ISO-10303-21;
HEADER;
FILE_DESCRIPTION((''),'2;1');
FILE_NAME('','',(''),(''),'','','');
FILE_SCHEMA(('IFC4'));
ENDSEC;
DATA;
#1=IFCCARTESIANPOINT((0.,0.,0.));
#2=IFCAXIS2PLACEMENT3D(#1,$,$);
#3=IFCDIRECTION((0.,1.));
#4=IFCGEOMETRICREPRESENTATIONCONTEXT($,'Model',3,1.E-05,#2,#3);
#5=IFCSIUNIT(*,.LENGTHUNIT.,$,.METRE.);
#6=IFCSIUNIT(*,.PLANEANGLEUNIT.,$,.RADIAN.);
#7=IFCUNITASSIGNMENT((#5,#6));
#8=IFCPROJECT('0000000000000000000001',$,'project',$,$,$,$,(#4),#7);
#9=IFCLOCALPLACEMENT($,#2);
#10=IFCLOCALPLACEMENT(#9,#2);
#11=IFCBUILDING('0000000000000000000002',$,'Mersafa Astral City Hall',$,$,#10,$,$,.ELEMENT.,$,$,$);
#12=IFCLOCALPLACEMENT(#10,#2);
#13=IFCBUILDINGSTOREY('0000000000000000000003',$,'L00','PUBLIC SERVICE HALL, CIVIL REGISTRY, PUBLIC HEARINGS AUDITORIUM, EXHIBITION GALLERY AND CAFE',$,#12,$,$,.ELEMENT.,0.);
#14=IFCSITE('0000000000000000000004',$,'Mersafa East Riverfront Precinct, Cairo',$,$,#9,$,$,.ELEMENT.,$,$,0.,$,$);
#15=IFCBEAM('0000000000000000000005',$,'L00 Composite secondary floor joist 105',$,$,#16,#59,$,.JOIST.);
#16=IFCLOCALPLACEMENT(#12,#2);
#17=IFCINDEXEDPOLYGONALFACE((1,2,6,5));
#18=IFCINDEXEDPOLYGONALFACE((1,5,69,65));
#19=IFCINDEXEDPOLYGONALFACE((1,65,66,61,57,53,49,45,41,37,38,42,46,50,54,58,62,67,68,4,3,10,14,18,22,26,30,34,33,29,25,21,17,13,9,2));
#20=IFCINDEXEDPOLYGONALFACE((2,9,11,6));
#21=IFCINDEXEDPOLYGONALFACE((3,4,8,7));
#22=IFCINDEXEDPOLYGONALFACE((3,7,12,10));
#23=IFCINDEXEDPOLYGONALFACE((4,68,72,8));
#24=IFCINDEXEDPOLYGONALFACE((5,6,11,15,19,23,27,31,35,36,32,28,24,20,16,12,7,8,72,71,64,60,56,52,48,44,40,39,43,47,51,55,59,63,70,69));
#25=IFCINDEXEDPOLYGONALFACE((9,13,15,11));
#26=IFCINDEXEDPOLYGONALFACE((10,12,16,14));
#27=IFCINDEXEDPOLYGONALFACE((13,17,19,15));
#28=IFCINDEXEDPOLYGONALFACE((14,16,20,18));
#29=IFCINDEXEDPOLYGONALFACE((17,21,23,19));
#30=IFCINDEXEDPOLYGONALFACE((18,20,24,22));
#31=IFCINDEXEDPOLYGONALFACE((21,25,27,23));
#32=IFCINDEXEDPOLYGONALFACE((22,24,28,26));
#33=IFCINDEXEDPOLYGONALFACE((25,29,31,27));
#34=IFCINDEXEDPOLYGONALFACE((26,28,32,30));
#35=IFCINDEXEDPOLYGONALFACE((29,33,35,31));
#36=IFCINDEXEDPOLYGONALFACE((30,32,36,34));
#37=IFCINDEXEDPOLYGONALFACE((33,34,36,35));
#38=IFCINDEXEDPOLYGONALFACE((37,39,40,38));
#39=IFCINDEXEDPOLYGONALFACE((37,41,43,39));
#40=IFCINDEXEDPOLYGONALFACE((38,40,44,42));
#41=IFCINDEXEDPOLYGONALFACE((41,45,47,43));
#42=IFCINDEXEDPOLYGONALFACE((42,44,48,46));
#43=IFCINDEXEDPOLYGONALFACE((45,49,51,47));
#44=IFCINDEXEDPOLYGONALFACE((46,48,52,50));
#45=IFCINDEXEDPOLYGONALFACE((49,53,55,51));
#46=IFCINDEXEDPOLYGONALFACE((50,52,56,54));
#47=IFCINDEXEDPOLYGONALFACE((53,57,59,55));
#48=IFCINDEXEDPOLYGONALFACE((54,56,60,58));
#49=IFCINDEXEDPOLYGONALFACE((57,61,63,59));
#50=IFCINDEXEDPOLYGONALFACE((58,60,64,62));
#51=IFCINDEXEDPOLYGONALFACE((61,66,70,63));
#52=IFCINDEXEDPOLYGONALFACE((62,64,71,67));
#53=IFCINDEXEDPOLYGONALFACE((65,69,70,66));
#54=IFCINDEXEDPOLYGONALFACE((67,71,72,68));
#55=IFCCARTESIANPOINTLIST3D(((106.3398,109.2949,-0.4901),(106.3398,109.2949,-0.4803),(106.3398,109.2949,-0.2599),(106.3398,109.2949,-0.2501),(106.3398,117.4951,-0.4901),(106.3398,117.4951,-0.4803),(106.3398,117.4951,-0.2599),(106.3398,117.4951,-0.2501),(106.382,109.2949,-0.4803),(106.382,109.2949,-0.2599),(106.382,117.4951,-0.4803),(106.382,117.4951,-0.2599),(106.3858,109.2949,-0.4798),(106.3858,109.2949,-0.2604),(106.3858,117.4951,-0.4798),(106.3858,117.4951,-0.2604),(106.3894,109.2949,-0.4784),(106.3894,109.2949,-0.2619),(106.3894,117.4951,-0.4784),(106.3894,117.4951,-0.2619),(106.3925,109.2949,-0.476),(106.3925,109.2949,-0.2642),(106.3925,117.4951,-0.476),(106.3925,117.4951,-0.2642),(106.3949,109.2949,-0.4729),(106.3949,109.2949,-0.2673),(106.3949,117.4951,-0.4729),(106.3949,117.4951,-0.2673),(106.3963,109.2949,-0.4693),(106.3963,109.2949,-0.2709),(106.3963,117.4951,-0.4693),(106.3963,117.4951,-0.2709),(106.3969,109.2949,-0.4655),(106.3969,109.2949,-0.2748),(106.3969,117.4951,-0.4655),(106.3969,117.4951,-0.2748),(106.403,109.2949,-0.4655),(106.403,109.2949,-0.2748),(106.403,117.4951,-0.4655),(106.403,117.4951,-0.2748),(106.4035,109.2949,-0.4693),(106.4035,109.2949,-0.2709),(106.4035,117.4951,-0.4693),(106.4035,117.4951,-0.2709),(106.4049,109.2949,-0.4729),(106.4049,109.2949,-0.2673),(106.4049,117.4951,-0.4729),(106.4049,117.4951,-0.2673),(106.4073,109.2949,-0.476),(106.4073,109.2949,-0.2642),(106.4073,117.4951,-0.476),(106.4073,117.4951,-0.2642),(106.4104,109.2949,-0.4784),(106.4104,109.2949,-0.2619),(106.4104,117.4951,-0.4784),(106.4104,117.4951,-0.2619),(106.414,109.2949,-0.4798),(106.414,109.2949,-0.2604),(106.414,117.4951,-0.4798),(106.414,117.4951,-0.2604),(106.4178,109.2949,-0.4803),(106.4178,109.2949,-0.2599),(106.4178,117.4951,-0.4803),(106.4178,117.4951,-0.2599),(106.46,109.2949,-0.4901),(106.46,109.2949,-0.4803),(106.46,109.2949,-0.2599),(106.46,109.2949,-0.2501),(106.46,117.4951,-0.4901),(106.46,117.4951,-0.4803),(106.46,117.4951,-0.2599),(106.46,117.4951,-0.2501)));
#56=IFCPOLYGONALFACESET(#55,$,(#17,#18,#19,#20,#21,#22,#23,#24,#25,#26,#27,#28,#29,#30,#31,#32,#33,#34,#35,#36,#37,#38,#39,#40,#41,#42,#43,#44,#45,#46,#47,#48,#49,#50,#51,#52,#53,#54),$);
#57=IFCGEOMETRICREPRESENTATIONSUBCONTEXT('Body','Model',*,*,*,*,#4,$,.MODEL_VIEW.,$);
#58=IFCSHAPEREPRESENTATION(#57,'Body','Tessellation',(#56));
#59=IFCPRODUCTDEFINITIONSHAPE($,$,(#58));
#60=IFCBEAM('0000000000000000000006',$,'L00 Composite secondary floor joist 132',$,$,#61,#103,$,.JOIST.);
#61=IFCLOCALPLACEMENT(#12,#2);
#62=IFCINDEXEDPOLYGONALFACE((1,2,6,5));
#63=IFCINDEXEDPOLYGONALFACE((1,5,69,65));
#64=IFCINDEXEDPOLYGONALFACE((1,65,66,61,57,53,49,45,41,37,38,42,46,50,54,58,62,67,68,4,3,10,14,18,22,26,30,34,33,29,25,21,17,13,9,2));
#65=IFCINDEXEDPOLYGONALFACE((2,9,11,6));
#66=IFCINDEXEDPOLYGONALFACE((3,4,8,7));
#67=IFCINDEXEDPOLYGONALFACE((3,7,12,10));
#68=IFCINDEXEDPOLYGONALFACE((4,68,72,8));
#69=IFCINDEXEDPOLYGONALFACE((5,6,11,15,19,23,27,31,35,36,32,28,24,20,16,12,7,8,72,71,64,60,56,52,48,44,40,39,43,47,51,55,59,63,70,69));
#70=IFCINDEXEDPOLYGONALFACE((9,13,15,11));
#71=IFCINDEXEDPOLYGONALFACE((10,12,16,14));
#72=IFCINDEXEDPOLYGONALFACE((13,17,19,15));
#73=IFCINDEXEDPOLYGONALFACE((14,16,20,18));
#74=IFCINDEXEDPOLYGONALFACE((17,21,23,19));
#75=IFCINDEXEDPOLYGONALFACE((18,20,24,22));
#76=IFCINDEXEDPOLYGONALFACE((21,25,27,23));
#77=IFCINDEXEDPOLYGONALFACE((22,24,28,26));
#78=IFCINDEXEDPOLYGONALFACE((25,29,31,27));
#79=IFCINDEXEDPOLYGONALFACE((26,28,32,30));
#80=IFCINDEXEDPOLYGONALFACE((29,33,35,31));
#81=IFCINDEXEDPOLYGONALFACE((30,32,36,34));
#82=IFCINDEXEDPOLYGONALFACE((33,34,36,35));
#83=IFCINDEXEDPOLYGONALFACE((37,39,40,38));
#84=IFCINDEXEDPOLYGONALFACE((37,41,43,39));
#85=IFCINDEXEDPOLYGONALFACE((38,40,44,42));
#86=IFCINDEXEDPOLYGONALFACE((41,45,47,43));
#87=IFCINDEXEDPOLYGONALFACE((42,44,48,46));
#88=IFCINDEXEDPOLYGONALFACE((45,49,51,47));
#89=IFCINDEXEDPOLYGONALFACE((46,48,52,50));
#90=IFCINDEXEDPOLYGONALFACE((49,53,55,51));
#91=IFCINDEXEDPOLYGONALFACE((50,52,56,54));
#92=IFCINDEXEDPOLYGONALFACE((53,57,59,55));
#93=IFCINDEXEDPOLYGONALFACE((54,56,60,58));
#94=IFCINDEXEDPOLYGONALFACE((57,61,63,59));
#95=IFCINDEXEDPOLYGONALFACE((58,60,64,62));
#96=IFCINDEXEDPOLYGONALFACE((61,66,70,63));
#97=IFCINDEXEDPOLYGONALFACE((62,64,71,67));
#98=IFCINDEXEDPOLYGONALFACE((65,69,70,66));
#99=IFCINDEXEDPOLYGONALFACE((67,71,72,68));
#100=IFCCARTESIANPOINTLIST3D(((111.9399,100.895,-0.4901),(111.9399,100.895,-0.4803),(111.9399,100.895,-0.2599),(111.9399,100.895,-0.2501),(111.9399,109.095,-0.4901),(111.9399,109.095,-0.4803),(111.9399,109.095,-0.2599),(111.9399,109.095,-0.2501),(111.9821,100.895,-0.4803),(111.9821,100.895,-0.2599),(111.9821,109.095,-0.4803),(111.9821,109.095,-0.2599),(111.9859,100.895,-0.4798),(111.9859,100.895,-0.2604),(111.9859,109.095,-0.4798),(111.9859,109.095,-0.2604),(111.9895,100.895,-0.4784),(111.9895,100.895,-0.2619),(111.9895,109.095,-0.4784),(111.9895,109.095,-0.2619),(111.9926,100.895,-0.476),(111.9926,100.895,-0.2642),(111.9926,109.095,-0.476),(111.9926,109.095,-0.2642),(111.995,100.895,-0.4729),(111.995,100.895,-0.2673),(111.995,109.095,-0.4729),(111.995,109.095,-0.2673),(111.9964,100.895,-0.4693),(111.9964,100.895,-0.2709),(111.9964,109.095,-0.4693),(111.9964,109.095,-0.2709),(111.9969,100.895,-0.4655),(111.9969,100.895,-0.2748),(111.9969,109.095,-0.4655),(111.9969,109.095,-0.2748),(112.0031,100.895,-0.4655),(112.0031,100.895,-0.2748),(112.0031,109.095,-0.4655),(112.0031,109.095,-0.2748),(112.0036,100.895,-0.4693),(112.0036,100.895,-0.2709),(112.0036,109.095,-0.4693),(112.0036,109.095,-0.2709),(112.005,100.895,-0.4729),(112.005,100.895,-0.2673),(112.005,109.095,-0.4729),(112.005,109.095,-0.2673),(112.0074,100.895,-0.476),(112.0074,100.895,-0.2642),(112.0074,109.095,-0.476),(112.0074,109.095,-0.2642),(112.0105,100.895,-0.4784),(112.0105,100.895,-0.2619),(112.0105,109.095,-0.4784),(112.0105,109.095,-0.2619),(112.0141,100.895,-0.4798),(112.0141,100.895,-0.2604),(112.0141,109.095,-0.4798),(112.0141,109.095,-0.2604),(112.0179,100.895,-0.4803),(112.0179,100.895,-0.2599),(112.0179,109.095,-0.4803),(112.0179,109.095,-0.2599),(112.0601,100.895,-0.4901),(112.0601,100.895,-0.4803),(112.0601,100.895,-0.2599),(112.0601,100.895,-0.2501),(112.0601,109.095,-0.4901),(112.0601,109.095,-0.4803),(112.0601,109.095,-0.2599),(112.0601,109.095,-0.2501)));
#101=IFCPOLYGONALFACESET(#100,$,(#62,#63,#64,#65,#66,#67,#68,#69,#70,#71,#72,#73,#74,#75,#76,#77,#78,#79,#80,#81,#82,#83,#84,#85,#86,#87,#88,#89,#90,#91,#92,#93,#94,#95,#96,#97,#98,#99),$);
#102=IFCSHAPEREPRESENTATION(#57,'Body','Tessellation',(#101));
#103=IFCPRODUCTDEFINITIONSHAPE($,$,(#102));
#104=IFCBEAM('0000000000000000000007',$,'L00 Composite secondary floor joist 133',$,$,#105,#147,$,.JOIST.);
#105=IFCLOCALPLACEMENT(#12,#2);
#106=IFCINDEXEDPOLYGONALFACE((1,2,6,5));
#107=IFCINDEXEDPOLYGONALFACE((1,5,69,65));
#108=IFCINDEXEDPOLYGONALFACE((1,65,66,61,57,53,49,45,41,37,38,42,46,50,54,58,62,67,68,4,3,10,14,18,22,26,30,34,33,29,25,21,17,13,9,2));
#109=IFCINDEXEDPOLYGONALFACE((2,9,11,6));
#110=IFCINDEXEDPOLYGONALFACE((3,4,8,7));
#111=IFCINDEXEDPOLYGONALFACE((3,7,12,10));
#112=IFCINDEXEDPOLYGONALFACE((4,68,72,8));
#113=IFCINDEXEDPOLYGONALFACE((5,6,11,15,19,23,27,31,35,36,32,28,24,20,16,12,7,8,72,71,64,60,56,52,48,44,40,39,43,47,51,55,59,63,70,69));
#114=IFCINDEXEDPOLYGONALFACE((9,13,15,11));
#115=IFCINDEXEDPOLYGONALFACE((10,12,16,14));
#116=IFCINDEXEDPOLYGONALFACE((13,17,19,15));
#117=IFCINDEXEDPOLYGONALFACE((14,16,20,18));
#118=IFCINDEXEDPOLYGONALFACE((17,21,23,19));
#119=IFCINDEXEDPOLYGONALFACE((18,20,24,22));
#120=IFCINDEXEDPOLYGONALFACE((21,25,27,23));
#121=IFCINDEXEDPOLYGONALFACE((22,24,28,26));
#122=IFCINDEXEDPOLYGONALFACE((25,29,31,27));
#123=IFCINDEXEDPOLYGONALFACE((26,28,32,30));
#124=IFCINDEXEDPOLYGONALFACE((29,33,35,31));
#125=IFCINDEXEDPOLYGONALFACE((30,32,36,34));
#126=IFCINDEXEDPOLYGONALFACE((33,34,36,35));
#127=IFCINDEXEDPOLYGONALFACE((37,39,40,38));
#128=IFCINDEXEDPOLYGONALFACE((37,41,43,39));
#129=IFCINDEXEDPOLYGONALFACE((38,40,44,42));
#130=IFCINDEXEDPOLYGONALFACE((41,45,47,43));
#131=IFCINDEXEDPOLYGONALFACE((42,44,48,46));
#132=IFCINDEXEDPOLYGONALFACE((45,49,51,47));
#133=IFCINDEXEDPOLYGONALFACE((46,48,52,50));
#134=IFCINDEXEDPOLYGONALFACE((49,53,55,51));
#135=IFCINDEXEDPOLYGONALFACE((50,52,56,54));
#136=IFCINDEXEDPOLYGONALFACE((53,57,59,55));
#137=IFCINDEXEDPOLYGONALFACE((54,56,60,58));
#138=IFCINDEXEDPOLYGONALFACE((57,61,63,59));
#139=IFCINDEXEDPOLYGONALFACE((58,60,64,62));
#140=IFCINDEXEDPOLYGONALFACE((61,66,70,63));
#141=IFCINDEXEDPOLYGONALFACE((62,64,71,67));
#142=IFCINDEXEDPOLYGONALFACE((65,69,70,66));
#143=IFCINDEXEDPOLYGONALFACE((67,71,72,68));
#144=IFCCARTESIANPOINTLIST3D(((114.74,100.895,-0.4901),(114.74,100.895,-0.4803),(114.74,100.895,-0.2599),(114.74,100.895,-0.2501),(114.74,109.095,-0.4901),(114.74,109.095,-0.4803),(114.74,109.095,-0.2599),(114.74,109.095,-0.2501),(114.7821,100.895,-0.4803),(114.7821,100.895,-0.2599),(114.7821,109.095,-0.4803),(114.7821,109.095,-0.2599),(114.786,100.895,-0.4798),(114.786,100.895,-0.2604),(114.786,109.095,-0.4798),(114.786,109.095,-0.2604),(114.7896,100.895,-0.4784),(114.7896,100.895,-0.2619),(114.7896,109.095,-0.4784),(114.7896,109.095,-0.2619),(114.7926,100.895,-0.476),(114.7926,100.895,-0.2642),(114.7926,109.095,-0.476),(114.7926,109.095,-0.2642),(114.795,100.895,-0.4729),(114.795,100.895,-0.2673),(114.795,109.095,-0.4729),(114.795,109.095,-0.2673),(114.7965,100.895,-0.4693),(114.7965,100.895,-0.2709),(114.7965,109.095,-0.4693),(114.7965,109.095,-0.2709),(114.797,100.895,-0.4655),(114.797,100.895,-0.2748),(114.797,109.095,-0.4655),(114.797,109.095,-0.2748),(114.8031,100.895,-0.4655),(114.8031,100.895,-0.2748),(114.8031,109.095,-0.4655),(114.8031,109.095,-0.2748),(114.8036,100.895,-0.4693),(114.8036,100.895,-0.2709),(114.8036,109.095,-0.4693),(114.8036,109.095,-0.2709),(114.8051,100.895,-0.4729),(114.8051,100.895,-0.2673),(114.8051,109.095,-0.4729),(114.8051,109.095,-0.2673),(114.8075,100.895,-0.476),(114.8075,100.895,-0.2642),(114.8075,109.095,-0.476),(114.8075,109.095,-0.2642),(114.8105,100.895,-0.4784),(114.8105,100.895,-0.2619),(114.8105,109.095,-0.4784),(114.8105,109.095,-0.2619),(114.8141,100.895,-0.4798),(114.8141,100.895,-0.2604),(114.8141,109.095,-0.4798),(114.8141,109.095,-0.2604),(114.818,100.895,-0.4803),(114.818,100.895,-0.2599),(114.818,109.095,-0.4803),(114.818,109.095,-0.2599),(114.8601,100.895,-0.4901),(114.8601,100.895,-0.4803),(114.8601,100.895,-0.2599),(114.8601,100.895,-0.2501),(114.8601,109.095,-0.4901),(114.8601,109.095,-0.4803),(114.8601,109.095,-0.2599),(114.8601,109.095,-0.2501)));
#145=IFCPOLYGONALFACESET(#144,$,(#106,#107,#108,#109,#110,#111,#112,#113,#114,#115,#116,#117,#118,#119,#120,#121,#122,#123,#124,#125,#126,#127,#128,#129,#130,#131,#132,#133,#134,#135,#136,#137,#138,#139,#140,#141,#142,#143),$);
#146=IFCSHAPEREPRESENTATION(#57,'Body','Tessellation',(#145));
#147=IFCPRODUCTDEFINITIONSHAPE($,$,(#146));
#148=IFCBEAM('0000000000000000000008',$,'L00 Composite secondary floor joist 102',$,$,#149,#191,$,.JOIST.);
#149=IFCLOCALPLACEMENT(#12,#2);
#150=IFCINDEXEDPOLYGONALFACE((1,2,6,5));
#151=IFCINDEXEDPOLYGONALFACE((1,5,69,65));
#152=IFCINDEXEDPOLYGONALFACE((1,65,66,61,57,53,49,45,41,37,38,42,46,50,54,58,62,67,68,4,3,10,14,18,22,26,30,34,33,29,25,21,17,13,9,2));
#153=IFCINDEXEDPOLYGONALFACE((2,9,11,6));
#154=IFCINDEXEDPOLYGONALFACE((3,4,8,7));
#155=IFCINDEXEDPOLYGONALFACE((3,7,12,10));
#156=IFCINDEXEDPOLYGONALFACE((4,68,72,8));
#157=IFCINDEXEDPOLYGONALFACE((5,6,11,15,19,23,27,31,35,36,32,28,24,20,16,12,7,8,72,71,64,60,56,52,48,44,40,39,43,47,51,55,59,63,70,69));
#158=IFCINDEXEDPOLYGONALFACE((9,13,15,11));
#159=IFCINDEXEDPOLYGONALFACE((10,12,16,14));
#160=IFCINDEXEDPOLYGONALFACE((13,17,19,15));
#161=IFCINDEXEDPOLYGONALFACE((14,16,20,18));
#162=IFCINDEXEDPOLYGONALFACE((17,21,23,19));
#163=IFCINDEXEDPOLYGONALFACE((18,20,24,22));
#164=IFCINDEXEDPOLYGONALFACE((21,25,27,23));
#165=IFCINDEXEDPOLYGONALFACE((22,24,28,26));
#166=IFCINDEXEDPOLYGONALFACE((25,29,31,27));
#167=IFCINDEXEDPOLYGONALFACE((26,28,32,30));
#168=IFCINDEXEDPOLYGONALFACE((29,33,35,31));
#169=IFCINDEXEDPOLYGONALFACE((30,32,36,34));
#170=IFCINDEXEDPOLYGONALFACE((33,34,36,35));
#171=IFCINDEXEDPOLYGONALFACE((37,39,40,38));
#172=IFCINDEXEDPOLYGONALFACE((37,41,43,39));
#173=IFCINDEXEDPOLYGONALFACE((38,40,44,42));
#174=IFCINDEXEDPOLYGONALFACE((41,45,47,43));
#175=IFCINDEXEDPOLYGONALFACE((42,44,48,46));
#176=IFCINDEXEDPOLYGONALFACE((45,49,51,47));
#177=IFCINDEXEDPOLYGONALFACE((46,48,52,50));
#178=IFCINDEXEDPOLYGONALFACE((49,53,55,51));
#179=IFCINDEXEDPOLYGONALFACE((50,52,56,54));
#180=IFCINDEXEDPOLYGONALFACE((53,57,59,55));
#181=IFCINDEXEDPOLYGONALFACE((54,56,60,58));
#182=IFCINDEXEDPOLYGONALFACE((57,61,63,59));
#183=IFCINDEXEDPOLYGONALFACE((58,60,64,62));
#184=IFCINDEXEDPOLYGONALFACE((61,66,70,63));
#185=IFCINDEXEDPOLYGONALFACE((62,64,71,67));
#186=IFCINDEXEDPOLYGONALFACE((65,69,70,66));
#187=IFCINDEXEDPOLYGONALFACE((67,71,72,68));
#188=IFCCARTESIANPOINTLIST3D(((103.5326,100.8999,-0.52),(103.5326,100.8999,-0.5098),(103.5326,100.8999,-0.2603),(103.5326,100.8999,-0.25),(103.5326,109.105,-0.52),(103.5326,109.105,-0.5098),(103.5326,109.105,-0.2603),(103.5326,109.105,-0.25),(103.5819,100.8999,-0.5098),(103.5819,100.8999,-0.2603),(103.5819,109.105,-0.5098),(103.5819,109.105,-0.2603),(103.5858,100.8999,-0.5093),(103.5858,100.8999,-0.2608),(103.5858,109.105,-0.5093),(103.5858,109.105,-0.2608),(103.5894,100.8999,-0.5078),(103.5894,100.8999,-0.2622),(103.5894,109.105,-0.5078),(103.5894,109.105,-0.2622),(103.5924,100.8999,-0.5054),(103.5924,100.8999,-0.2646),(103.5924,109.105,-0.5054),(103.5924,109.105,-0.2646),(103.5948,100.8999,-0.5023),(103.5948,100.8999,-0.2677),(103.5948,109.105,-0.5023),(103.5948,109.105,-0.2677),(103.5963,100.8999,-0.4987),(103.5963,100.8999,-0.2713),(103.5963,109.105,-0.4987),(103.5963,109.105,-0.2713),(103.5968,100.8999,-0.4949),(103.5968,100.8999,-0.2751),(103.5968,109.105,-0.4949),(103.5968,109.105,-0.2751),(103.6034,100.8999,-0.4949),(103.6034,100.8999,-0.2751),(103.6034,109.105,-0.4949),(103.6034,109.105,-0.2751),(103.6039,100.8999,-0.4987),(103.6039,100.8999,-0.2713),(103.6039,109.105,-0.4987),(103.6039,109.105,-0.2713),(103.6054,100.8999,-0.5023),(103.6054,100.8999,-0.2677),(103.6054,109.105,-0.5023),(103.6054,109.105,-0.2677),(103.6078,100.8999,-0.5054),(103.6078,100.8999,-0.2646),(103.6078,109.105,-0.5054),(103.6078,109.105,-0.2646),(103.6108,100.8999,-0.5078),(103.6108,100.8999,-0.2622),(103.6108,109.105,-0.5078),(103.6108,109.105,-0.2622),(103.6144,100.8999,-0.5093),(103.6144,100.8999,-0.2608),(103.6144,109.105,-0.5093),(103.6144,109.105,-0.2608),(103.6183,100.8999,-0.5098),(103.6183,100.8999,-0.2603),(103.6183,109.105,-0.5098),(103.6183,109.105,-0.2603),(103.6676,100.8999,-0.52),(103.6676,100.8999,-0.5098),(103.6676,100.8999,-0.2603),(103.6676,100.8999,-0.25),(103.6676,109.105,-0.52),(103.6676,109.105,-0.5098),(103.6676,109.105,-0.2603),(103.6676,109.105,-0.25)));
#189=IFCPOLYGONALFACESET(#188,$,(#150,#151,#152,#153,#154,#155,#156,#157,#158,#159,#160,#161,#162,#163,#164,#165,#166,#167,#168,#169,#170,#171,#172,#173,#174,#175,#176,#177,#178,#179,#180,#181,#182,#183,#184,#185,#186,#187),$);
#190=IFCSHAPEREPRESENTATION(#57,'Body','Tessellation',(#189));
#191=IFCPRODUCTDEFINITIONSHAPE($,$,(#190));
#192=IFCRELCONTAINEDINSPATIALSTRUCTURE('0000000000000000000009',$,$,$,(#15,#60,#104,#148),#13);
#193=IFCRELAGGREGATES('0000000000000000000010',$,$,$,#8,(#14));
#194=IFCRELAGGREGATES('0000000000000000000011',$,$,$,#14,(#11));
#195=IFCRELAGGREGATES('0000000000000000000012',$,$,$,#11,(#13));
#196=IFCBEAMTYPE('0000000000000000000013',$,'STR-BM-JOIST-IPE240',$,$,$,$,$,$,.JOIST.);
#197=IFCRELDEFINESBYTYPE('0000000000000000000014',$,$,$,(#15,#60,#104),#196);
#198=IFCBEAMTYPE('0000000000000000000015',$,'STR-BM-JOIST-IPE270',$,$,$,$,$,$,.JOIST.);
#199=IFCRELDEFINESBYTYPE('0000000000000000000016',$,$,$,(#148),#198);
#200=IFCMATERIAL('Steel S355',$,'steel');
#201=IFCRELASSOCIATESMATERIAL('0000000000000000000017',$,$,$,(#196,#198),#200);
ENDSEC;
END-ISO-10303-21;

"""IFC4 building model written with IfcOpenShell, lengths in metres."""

from ifc_helpers import new_model, si_unit, direction, frame, origin, origin_2d, place, context, subcontext, project, spatial, i_section, extrude, material, material_profile, profile_set, type_object, element, save


model = new_model("IFC4")

# Units and contexts
model_context = context("Model", 3, precision=1e-05, world=origin(), true_north=direction((0.0, 1.0)))
body_context = subcontext(model_context, "Body", "Model", "MODEL_VIEW")
ifc_project = project(units=[si_unit("LENGTHUNIT", "METRE"), si_unit("PLANEANGLEUNIT", "RADIAN")], contexts=[model_context])

# Site, building, storey
site_placement = place(None, origin())
site = spatial("IfcSite", under=ifc_project, at=site_placement, Name="Mersafa East Riverfront Precinct, Cairo", CompositionType="ELEMENT", RefElevation=0.0)
building_placement = place(site_placement, origin())
building = spatial("IfcBuilding", under=site, at=building_placement, Name="Mersafa Astral City Hall", CompositionType="ELEMENT")
storey_placement = place(building_placement, origin())
storey = spatial("IfcBuildingStorey", under=building, at=storey_placement, Name="L00", Description="PUBLIC SERVICE HALL, CIVIL REGISTRY, PUBLIC HEARINGS AUDITORIUM, EXHIBITION GALLERY AND CAFE", CompositionType="ELEMENT", Elevation=0.0)

# Shared definitions
ifc_material_1 = material(Name="Steel S355", Category="steel")

# Beams
ifc_material_profile_1 = material_profile(ifc_material_1, i_section(OverallWidth=0.1201, OverallDepth=0.24, WebThickness=0.0061, FlangeThickness=0.0098, FilletRadius=0.0149, at=origin_2d()), Name="IPE 240")
ifc_profile_set_1 = profile_set([ifc_material_profile_1], Name="Steel S355")
beam_type_1 = type_object("IfcBeamType", Name="STR-BM-JOIST-IPE240", PredefinedType="JOIST", material=ifc_profile_set_1)
for number, where, z_axis, x_axis, name in (
    (1, (106.3999, 109.2949, -0.3701), (0.0, 1.0, 0.0), (-1.0, 0.0, 0.0), "L00 Composite secondary floor joist 105"),
):
    element("IfcBeam", number, at=place(storey_placement, frame(where, z_axis=z_axis, x_axis=x_axis)), inside=storey, type_object=beam_type_1, Name=name, PredefinedType="JOIST", context=body_context, shape_type="SweptSolid", body=[
        extrude(i_section(OverallWidth=0.1201, OverallDepth=0.24, WebThickness=0.0061, FlangeThickness=0.0098, FilletRadius=0.0149, at=origin_2d()), origin(), (0.0, 0.0, 1.0), 8.2002),
    ])
for number, where, z_axis, x_axis, name in (
    (2, (112.0, 100.895, -0.3701), (0.0, 1.0, 0.0), (-1.0, 0.0, 0.0), "L00 Composite secondary floor joist 132"),
    (3, (114.8, 100.895, -0.3701), (0.0, 1.0, 0.0), (-1.0, 0.0, 0.0), "L00 Composite secondary floor joist 133"),
):
    element("IfcBeam", number, at=place(storey_placement, frame(where, z_axis=z_axis, x_axis=x_axis)), inside=storey, type_object=beam_type_1, Name=name, PredefinedType="JOIST", context=body_context, shape_type="SweptSolid", body=[
        extrude(i_section(OverallWidth=0.1201, OverallDepth=0.24, WebThickness=0.0061, FlangeThickness=0.0098, FilletRadius=0.0149, at=origin_2d()), origin(), (0.0, 0.0, 1.0), 8.2),
    ])
ifc_material_profile_2 = material_profile(ifc_material_1, i_section(OverallWidth=0.135, OverallDepth=0.27, WebThickness=0.0066, FlangeThickness=0.0103, FilletRadius=0.0149, at=origin_2d()), Name="IPE 270")
ifc_profile_set_2 = profile_set([ifc_material_profile_2], Name="Steel S355")
beam_type_2 = type_object("IfcBeamType", Name="STR-BM-JOIST-IPE270", PredefinedType="JOIST", material=ifc_profile_set_2)
for number, where, z_axis, x_axis, name in (
    (4, (103.6001, 100.8999, -0.385), (0.0, 1.0, 0.0), (-1.0, 0.0, 0.0), "L00 Composite secondary floor joist 102"),
):
    element("IfcBeam", number, at=place(storey_placement, frame(where, z_axis=z_axis, x_axis=x_axis)), inside=storey, type_object=beam_type_2, Name=name, PredefinedType="JOIST", context=body_context, shape_type="SweptSolid", body=[
        extrude(i_section(OverallWidth=0.135, OverallDepth=0.27, WebThickness=0.0066, FlangeThickness=0.0103, FilletRadius=0.0149, at=origin_2d()), origin(), (0.0, 0.0, 1.0), 8.2051),
    ])

save(model, "model.ifc")
